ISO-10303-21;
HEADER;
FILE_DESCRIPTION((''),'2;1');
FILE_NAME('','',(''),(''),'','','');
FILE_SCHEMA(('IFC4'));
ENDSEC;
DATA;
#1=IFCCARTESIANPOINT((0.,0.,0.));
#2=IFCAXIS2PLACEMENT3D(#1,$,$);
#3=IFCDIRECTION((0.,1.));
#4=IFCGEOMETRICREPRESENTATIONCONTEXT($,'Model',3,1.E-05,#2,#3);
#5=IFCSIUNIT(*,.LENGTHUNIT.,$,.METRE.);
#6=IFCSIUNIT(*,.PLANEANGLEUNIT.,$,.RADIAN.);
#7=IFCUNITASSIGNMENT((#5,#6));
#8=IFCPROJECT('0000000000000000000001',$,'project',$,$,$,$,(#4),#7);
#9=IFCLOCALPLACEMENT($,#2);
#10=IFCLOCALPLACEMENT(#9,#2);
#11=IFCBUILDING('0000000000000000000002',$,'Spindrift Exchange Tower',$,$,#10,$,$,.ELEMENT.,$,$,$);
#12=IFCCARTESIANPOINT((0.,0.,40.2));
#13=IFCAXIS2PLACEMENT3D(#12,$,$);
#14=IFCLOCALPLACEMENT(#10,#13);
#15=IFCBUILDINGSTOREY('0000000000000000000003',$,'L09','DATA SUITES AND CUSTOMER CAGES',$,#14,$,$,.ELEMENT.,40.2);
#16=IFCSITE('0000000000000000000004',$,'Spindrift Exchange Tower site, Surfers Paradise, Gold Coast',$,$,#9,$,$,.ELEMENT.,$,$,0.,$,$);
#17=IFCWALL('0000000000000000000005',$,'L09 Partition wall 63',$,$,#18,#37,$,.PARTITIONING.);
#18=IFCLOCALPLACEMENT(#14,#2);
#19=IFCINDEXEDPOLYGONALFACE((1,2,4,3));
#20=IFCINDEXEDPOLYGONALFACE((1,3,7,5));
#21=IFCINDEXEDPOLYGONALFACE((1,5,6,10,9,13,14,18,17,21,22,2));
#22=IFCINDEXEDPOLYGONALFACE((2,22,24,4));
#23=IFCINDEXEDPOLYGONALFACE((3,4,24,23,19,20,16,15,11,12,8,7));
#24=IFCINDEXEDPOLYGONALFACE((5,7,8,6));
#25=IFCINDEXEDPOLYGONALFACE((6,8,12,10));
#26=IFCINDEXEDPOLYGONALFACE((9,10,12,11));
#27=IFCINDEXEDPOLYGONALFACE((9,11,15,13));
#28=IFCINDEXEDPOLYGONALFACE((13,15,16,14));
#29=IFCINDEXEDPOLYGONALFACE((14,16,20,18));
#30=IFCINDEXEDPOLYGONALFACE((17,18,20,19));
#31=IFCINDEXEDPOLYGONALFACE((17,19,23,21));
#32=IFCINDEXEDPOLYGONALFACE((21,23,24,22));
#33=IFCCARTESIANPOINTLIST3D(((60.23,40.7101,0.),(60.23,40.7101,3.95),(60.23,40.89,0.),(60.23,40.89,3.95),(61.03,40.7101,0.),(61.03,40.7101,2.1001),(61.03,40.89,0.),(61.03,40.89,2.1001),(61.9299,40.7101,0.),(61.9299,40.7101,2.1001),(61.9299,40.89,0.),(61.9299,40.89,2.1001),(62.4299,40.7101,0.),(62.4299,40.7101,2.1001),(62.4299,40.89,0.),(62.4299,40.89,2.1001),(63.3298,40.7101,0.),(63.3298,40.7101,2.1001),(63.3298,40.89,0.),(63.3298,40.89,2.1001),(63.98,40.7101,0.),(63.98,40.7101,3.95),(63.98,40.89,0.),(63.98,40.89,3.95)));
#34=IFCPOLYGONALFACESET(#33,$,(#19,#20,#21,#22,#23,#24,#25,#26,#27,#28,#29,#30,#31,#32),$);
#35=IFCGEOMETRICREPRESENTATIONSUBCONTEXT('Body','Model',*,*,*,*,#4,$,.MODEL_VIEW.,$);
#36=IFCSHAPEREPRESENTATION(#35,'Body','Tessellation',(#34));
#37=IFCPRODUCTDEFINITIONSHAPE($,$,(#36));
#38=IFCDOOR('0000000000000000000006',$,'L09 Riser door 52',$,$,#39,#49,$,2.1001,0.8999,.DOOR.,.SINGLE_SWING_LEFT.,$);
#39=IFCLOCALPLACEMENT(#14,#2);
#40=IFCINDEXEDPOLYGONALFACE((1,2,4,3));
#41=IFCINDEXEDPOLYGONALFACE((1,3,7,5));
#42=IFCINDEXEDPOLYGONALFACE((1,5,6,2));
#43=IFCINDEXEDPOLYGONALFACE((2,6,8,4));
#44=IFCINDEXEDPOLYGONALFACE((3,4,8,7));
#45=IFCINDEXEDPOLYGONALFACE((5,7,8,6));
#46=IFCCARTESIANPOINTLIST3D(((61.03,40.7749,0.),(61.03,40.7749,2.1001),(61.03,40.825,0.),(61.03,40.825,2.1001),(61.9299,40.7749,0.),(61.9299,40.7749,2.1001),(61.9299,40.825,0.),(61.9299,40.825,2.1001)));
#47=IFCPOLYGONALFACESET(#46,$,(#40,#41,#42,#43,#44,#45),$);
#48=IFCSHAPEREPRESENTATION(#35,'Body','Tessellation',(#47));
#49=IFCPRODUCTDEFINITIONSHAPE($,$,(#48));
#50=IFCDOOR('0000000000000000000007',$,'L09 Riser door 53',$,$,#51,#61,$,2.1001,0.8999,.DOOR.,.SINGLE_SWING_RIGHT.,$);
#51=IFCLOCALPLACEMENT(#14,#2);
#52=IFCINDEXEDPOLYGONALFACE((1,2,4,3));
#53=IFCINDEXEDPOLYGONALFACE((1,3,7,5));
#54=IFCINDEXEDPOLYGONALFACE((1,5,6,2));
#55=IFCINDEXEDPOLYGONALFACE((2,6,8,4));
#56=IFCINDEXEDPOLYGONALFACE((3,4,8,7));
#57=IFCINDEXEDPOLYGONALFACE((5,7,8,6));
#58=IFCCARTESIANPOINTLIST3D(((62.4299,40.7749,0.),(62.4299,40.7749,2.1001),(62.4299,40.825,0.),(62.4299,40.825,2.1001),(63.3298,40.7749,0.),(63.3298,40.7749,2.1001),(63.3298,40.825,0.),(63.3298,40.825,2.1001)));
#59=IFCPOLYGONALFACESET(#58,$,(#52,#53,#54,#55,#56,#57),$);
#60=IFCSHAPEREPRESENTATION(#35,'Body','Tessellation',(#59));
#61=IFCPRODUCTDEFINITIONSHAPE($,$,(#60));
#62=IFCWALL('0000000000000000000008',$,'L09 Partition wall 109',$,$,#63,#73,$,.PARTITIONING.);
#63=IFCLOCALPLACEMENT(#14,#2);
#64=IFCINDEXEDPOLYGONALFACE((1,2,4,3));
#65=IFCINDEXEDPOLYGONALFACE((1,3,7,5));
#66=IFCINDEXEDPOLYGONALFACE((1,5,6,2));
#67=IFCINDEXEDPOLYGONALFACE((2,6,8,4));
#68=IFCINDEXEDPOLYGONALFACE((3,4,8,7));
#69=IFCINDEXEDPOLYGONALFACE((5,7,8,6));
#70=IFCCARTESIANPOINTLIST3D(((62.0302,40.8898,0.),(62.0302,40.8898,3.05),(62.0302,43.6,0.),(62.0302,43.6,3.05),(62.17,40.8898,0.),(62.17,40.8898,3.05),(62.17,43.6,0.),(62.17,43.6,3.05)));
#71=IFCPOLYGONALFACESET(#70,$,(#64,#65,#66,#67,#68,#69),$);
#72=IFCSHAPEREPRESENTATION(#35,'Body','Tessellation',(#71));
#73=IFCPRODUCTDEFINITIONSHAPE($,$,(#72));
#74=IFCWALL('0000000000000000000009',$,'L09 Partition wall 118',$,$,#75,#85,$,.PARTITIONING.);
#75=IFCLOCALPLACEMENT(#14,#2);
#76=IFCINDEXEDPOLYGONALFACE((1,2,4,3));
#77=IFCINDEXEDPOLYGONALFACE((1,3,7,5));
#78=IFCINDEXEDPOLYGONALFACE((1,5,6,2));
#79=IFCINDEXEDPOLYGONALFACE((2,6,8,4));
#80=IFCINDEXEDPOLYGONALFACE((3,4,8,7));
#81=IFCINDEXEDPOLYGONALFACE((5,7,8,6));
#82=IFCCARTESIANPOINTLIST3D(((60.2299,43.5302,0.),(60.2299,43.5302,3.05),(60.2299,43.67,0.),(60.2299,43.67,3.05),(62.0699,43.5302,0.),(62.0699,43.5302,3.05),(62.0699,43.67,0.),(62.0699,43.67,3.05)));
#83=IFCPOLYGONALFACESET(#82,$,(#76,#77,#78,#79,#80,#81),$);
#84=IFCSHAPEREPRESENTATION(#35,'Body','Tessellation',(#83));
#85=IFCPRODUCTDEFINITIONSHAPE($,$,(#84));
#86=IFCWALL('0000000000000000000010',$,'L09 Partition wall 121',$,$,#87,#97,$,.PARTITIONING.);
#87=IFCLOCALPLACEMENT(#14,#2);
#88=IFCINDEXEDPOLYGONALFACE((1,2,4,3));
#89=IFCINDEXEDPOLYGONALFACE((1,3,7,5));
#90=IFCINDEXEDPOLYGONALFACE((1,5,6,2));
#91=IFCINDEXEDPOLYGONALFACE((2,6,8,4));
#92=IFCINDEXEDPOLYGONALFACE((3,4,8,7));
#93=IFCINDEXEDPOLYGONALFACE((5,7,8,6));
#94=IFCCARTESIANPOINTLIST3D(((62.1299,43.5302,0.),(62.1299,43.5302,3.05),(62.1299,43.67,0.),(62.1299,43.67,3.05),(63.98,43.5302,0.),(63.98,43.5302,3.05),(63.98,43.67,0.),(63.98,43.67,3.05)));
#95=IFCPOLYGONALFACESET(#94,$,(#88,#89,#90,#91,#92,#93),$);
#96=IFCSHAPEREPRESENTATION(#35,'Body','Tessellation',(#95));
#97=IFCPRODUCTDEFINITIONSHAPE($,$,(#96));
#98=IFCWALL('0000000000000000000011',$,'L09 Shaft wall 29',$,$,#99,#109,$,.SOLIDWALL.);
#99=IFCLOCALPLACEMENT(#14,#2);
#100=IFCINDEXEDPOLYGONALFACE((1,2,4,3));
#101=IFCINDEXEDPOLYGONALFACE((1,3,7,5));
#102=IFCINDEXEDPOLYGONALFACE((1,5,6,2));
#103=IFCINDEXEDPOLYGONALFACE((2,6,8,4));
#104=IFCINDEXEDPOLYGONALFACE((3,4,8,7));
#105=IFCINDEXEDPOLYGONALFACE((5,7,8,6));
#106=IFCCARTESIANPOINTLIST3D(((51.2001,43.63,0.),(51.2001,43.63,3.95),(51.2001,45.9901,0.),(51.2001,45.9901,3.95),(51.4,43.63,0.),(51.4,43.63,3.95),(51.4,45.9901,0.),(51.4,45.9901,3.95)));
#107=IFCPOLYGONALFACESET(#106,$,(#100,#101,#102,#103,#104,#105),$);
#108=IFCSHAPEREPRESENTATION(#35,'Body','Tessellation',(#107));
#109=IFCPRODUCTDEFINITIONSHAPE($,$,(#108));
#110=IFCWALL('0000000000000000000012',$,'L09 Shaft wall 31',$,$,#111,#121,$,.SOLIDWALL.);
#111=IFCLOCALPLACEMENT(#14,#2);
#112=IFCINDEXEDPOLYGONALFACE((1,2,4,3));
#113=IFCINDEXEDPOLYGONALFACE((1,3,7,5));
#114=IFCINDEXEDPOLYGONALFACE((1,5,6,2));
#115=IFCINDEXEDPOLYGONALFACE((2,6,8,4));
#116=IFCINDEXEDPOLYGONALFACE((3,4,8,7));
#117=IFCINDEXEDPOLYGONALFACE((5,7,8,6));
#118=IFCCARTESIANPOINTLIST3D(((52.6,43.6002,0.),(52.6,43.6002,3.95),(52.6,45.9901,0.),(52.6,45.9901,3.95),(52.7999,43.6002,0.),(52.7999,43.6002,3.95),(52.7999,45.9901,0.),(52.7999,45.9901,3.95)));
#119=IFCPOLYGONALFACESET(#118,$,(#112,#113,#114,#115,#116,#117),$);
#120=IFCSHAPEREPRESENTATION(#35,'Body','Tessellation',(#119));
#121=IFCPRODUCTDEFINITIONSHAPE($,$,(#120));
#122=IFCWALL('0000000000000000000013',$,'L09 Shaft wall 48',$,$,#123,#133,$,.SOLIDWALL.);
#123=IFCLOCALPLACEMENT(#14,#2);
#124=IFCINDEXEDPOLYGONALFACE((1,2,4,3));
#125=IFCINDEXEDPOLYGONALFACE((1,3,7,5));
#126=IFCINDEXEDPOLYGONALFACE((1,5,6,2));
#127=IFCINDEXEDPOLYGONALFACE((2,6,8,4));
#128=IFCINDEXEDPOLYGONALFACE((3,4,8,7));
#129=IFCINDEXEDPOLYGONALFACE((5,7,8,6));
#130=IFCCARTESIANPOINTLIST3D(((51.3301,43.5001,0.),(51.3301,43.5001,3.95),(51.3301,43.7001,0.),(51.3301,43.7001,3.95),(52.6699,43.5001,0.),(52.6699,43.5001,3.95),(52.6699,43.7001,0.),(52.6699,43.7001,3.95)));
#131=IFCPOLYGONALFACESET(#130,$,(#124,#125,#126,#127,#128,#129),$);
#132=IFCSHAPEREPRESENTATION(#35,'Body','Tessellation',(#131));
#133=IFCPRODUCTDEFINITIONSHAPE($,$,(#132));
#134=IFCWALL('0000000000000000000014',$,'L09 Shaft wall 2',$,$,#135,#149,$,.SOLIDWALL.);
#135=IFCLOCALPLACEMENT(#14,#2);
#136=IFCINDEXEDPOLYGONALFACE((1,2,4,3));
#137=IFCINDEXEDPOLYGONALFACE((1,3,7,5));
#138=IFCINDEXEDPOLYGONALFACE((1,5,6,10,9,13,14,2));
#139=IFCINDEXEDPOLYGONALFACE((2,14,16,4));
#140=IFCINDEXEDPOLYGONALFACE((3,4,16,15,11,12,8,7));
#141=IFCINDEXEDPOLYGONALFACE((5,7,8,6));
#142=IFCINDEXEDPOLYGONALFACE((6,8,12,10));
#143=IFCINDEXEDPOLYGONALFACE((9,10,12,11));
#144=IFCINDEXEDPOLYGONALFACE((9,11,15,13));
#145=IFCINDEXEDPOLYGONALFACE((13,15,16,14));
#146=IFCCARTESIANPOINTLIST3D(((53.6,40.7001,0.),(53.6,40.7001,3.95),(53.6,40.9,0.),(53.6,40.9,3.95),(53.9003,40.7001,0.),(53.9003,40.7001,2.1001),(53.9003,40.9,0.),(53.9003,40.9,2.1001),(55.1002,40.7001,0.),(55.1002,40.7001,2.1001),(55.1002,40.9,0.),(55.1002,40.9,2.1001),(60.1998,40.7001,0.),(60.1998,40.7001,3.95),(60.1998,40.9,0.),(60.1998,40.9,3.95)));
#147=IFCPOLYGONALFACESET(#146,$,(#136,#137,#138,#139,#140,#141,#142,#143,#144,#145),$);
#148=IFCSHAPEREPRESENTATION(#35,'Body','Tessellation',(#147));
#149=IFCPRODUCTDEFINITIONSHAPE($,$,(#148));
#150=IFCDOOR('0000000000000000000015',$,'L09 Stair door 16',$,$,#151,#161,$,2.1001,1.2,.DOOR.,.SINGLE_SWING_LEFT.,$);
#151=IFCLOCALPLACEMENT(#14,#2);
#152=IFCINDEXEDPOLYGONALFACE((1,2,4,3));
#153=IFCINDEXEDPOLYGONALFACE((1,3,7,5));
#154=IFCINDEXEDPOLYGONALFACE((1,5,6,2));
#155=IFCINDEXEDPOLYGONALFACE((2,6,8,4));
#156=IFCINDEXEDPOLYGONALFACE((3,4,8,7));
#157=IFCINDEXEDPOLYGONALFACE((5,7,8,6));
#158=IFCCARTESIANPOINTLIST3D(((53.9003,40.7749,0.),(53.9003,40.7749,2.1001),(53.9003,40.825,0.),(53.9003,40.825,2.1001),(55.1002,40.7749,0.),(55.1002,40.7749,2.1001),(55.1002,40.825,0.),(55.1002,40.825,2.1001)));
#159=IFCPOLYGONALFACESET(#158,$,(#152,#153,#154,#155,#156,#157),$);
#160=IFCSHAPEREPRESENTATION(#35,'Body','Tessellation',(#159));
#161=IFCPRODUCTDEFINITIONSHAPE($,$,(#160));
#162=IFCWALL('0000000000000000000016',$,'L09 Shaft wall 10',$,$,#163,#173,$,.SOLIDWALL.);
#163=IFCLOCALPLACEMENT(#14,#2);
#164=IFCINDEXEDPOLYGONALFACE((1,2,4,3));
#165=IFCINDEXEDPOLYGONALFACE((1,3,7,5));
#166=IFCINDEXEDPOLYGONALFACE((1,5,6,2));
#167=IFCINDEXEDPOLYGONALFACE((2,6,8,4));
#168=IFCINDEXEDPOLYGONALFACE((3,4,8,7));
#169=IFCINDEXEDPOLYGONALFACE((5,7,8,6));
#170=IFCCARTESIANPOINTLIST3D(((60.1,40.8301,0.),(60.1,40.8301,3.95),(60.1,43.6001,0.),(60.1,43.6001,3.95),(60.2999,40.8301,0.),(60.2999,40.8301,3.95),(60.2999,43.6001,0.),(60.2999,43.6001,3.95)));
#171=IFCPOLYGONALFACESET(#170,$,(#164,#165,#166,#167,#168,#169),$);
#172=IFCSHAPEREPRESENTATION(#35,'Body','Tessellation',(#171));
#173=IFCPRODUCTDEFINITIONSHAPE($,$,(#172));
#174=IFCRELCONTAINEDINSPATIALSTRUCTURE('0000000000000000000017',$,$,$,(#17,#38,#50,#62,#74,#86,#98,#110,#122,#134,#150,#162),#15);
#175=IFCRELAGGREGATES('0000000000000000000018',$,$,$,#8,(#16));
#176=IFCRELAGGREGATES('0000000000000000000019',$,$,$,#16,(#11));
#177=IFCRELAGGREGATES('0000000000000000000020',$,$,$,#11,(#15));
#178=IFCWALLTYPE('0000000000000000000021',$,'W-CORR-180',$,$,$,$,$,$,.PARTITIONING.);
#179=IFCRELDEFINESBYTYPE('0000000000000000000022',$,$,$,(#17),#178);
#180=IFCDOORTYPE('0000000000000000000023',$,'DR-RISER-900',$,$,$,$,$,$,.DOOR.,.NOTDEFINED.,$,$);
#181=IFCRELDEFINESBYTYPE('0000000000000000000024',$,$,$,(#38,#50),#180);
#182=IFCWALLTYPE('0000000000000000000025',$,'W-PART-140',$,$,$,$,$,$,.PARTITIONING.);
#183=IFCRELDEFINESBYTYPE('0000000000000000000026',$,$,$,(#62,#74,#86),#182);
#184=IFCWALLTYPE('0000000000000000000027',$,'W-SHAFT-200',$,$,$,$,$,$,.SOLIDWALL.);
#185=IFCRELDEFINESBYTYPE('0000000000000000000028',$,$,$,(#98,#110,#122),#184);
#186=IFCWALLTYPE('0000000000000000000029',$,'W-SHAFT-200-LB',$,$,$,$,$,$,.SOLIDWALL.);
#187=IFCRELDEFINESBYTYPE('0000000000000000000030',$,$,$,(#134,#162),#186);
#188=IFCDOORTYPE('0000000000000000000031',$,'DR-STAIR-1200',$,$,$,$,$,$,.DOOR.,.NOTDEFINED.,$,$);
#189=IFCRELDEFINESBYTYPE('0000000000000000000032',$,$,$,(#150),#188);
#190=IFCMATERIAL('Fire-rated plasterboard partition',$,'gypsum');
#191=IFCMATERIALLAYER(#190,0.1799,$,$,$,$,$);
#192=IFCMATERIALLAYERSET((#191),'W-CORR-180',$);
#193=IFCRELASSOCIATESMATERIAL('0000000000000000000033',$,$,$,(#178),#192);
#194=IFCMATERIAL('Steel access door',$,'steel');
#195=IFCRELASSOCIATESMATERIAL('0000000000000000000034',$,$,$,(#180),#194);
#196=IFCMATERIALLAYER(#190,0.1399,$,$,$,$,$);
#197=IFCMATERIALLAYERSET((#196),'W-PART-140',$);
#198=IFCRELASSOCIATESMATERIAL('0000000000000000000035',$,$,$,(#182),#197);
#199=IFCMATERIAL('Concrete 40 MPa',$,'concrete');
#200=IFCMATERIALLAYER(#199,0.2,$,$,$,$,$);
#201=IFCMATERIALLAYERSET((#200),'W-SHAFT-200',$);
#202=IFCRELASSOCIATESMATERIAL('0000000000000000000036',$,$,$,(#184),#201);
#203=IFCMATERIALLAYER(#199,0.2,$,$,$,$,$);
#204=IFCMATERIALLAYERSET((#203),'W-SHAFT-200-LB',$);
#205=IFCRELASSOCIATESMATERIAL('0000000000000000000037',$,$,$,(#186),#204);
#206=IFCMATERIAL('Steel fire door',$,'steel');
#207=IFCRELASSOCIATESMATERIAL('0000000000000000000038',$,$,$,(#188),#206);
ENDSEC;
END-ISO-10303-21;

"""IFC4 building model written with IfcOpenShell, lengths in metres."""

from ifc_helpers import new_model, si_unit, direction, frame, frame_2d, origin, place, context, subcontext, project, spatial, rectangle, extrude, source, transform, mapped, material, layer, layer_set, type_object, element, fill, save


model = new_model("IFC4")

# Units and contexts
model_context = context("Model", 3, precision=1e-05, world=origin(), true_north=direction((0.0, 1.0)))
body_context = subcontext(model_context, "Body", "Model", "MODEL_VIEW")
ifc_project = project(units=[si_unit("LENGTHUNIT", "METRE"), si_unit("PLANEANGLEUNIT", "RADIAN")], contexts=[model_context])

# Site, building, storey
site_placement = place(None, origin())
site = spatial("IfcSite", under=ifc_project, at=site_placement, Name="Spindrift Exchange Tower site, Surfers Paradise, Gold Coast", CompositionType="ELEMENT", RefElevation=0.0)
building_placement = place(site_placement, origin())
building = spatial("IfcBuilding", under=site, at=building_placement, Name="Spindrift Exchange Tower", CompositionType="ELEMENT")
storey_placement = place(building_placement, frame((0.0, 0.0, 40.2)))
storey = spatial("IfcBuildingStorey", under=building, at=storey_placement, Name="L09", Description="DATA SUITES AND CUSTOMER CAGES", CompositionType="ELEMENT", Elevation=40.2)

# Wall, openings, doors
ifc_material_1 = material(Name="Fire-rated plasterboard partition", Category="gypsum")
ifc_layer_1 = layer(ifc_material_1, 0.1799)
ifc_layer_set_1 = layer_set([ifc_layer_1], Name="W-CORR-180")
wall_type_1 = type_object("IfcWallType", Name="W-CORR-180", PredefinedType="PARTITIONING", material=ifc_layer_set_1)
wall_1_placement = place(storey_placement, frame((60.23, 40.8, 0.0), z_axis=(0.0, 0.0, 1.0), x_axis=(1.0, 0.0, 0.0)))
wall_1 = element("IfcWall", 1, at=wall_1_placement, inside=storey, type_object=wall_type_1, Name="L09 Partition wall 63", PredefinedType="PARTITIONING", context=body_context, shape_type="SweptSolid", body=[
    extrude(rectangle(XDim=3.75, YDim=0.1799, at=frame_2d((1.875, 0.0))), origin(), (0.0, 0.0, 1.0), 3.95),
])
opening_1_placement = place(wall_1_placement, frame((0.8, 0.0, 0.0)))
opening_1 = element("IfcOpeningElement", 2, at=opening_1_placement, cuts=wall_1, PredefinedType="OPENING", context=body_context, shape_type="SweptSolid", body=[
    extrude(rectangle(XDim=0.8999, YDim=2.1001, at=frame_2d((0.45, 1.05))), frame((0.0, 0.0999, 0.0), z_axis=(0.0, -1.0, 0.0), x_axis=(1.0, 0.0, 0.0)), (0.0, 0.0, 1.0), 0.2),
])
opening_2_placement = place(wall_1_placement, frame((2.2, 0.0, 0.0)))
opening_2 = element("IfcOpeningElement", 3, at=opening_2_placement, cuts=wall_1, PredefinedType="OPENING", context=body_context, shape_type="SweptSolid", body=[
    extrude(rectangle(XDim=0.8999, YDim=2.1001, at=frame_2d((0.45, 1.05))), frame((0.0, 0.0999, 0.0), z_axis=(0.0, -1.0, 0.0), x_axis=(1.0, 0.0, 0.0)), (0.0, 0.0, 1.0), 0.2),
])
ifc_material_2 = material(Name="Steel access door", Category="steel")
door_type_1 = type_object("IfcDoorType", Name="DR-RISER-900", OperationType="NOTDEFINED", PredefinedType="DOOR", material=ifc_material_2)
shared_shape_1 = source(origin(), body_context, "Body", "SweptSolid", [
    extrude(rectangle(XDim=0.8999, YDim=2.1001, at=frame_2d((0.45, 1.05))), frame((0.0, 0.0249, 0.0), z_axis=(0.0, -1.0, 0.0), x_axis=(1.0, 0.0, 0.0)), (0.0, 0.0, 1.0), 0.05),
])
door_1_placement = place(opening_1_placement, origin())
door_1 = element("IfcDoor", 4, at=door_1_placement, inside=storey, type_object=door_type_1, Name="L09 Riser door 52", OperationType="SINGLE_SWING_LEFT", OverallHeight=2.1001, OverallWidth=0.8999, PredefinedType="DOOR", context=body_context, shape_type="MappedRepresentation", body=[
    mapped(shared_shape_1, transform((0.0, 0.0, 0.0), scale=1.0)),
])
fill(opening_1, door_1)
door_2_placement = place(opening_2_placement, origin())
door_2 = element("IfcDoor", 5, at=door_2_placement, inside=storey, type_object=door_type_1, Name="L09 Riser door 53", OperationType="SINGLE_SWING_RIGHT", OverallHeight=2.1001, OverallWidth=0.8999, PredefinedType="DOOR", context=body_context, shape_type="MappedRepresentation", body=[
    mapped(shared_shape_1, transform((0.0, 0.0, 0.0), scale=1.0)),
])
fill(opening_2, door_2)

# Walls
ifc_layer_2 = layer(ifc_material_1, 0.1399)
ifc_layer_set_2 = layer_set([ifc_layer_2], Name="W-PART-140")
wall_type_2 = type_object("IfcWallType", Name="W-PART-140", PredefinedType="PARTITIONING", material=ifc_layer_set_2)
wall_2_placement = place(storey_placement, frame((62.1001, 40.8899, 0.0), z_axis=(0.0, 0.0, 1.0), x_axis=(0.0, 1.0, 0.0)))
element("IfcWall", 6, at=wall_2_placement, inside=storey, type_object=wall_type_2, Name="L09 Partition wall 109", PredefinedType="PARTITIONING", context=body_context, shape_type="SweptSolid", body=[
    extrude(rectangle(XDim=2.7102, YDim=0.1399, at=frame_2d((1.355, 0.0))), origin(), (0.0, 0.0, 1.0), 3.05),
])
wall_3_placement = place(storey_placement, frame((60.23, 43.6001, 0.0), z_axis=(0.0, 0.0, 1.0), x_axis=(1.0, 0.0, 0.0)))
element("IfcWall", 7, at=wall_3_placement, inside=storey, type_object=wall_type_2, Name="L09 Partition wall 118", PredefinedType="PARTITIONING", context=body_context, shape_type="SweptSolid", body=[
    extrude(rectangle(XDim=1.8401, YDim=0.1399, at=frame_2d((0.9199, 0.0))), origin(), (0.0, 0.0, 1.0), 3.05),
])
wall_4_placement = place(storey_placement, frame((62.1299, 43.6001, 0.0), z_axis=(0.0, 0.0, 1.0), x_axis=(1.0, 0.0, 0.0)))
element("IfcWall", 8, at=wall_4_placement, inside=storey, type_object=wall_type_2, Name="L09 Partition wall 121", PredefinedType="PARTITIONING", context=body_context, shape_type="SweptSolid", body=[
    extrude(rectangle(XDim=1.8501, YDim=0.1399, at=frame_2d((0.925, 0.0))), origin(), (0.0, 0.0, 1.0), 3.05),
])
ifc_material_3 = material(Name="Concrete 40 MPa", Category="concrete")
ifc_layer_3 = layer(ifc_material_3, 0.2)
ifc_layer_set_3 = layer_set([ifc_layer_3], Name="W-SHAFT-200")
wall_type_3 = type_object("IfcWallType", Name="W-SHAFT-200", PredefinedType="SOLIDWALL", material=ifc_layer_set_3)
wall_5_placement = place(storey_placement, frame((51.3, 43.6299, 0.0), z_axis=(0.0, 0.0, 1.0), x_axis=(0.0, 1.0, 0.0)))
element("IfcWall", 9, at=wall_5_placement, inside=storey, type_object=wall_type_3, Name="L09 Shaft wall 29", PredefinedType="SOLIDWALL", context=body_context, shape_type="SweptSolid", body=[
    extrude(rectangle(XDim=2.3601, YDim=0.2, at=frame_2d((1.1802, 0.0))), origin(), (0.0, 0.0, 1.0), 3.95),
])
wall_6_placement = place(storey_placement, frame((52.7, 45.99, 0.0), z_axis=(0.0, 0.0, 1.0), x_axis=(0.0, -1.0, 0.0)))
element("IfcWall", 10, at=wall_6_placement, inside=storey, type_object=wall_type_3, Name="L09 Shaft wall 31", PredefinedType="SOLIDWALL", context=body_context, shape_type="SweptSolid", body=[
    extrude(rectangle(XDim=2.3899, YDim=0.2, at=frame_2d((1.1948, 0.0))), origin(), (0.0, 0.0, 1.0), 3.95),
])
wall_7_placement = place(storey_placement, frame((52.6699, 43.6001, 0.0), z_axis=(0.0, 0.0, 1.0), x_axis=(-1.0, 0.0, 0.0)))
element("IfcWall", 11, at=wall_7_placement, inside=storey, type_object=wall_type_3, Name="L09 Shaft wall 48", PredefinedType="SOLIDWALL", context=body_context, shape_type="SweptSolid", body=[
    extrude(rectangle(XDim=1.3398, YDim=0.2, at=frame_2d((0.6699, 0.0))), origin(), (0.0, 0.0, 1.0), 3.95),
])

# Wall, opening, door
ifc_layer_4 = layer(ifc_material_3, 0.2)
ifc_layer_set_4 = layer_set([ifc_layer_4], Name="W-SHAFT-200-LB")
wall_type_4 = type_object("IfcWallType", Name="W-SHAFT-200-LB", PredefinedType="SOLIDWALL", material=ifc_layer_set_4)
wall_8_placement = place(storey_placement, frame((53.6001, 40.8, 0.0), z_axis=(0.0, 0.0, 1.0), x_axis=(1.0, 0.0, 0.0)))
wall_8 = element("IfcWall", 12, at=wall_8_placement, inside=storey, type_object=wall_type_4, Name="L09 Shaft wall 2", PredefinedType="SOLIDWALL", context=body_context, shape_type="SweptSolid", body=[
    extrude(rectangle(XDim=6.5999, YDim=0.2, at=frame_2d((3.2998, 0.0))), origin(), (0.0, 0.0, 1.0), 3.95),
])
opening_3_placement = place(wall_8_placement, frame((0.3, 0.0, 0.0)))
opening_3 = element("IfcOpeningElement", 13, at=opening_3_placement, cuts=wall_8, PredefinedType="OPENING", context=body_context, shape_type="SweptSolid", body=[
    extrude(rectangle(XDim=1.2, YDim=2.1001, at=frame_2d((0.6001, 1.05))), frame((0.0, 0.1099, 0.0), z_axis=(0.0, -1.0, 0.0), x_axis=(1.0, 0.0, 0.0)), (0.0, 0.0, 1.0), 0.22),
])
ifc_material_4 = material(Name="Steel fire door", Category="steel")
door_type_2 = type_object("IfcDoorType", Name="DR-STAIR-1200", OperationType="NOTDEFINED", PredefinedType="DOOR", material=ifc_material_4)
shared_shape_2 = source(origin(), body_context, "Body", "SweptSolid", [
    extrude(rectangle(XDim=1.2, YDim=2.1001, at=frame_2d((0.6001, 1.05))), frame((0.0, 0.0249, 0.0), z_axis=(0.0, -1.0, 0.0), x_axis=(1.0, 0.0, 0.0)), (0.0, 0.0, 1.0), 0.05),
])
door_3_placement = place(opening_3_placement, origin())
door_3 = element("IfcDoor", 14, at=door_3_placement, inside=storey, type_object=door_type_2, Name="L09 Stair door 16", OperationType="SINGLE_SWING_LEFT", OverallHeight=2.1001, OverallWidth=1.2, PredefinedType="DOOR", context=body_context, shape_type="MappedRepresentation", body=[
    mapped(shared_shape_2, transform((0.0, 0.0, 0.0), scale=1.0)),
])
fill(opening_3, door_3)

# Wall
wall_9_placement = place(storey_placement, frame((60.2, 40.8301, 0.0), z_axis=(0.0, 0.0, 1.0), x_axis=(0.0, 1.0, 0.0)))
element("IfcWall", 15, at=wall_9_placement, inside=storey, type_object=wall_type_4, Name="L09 Shaft wall 10", PredefinedType="SOLIDWALL", context=body_context, shape_type="SweptSolid", body=[
    extrude(rectangle(XDim=2.77, YDim=0.2, at=frame_2d((1.385, 0.0))), origin(), (0.0, 0.0, 1.0), 3.95),
])

save(model, "model.ifc")
